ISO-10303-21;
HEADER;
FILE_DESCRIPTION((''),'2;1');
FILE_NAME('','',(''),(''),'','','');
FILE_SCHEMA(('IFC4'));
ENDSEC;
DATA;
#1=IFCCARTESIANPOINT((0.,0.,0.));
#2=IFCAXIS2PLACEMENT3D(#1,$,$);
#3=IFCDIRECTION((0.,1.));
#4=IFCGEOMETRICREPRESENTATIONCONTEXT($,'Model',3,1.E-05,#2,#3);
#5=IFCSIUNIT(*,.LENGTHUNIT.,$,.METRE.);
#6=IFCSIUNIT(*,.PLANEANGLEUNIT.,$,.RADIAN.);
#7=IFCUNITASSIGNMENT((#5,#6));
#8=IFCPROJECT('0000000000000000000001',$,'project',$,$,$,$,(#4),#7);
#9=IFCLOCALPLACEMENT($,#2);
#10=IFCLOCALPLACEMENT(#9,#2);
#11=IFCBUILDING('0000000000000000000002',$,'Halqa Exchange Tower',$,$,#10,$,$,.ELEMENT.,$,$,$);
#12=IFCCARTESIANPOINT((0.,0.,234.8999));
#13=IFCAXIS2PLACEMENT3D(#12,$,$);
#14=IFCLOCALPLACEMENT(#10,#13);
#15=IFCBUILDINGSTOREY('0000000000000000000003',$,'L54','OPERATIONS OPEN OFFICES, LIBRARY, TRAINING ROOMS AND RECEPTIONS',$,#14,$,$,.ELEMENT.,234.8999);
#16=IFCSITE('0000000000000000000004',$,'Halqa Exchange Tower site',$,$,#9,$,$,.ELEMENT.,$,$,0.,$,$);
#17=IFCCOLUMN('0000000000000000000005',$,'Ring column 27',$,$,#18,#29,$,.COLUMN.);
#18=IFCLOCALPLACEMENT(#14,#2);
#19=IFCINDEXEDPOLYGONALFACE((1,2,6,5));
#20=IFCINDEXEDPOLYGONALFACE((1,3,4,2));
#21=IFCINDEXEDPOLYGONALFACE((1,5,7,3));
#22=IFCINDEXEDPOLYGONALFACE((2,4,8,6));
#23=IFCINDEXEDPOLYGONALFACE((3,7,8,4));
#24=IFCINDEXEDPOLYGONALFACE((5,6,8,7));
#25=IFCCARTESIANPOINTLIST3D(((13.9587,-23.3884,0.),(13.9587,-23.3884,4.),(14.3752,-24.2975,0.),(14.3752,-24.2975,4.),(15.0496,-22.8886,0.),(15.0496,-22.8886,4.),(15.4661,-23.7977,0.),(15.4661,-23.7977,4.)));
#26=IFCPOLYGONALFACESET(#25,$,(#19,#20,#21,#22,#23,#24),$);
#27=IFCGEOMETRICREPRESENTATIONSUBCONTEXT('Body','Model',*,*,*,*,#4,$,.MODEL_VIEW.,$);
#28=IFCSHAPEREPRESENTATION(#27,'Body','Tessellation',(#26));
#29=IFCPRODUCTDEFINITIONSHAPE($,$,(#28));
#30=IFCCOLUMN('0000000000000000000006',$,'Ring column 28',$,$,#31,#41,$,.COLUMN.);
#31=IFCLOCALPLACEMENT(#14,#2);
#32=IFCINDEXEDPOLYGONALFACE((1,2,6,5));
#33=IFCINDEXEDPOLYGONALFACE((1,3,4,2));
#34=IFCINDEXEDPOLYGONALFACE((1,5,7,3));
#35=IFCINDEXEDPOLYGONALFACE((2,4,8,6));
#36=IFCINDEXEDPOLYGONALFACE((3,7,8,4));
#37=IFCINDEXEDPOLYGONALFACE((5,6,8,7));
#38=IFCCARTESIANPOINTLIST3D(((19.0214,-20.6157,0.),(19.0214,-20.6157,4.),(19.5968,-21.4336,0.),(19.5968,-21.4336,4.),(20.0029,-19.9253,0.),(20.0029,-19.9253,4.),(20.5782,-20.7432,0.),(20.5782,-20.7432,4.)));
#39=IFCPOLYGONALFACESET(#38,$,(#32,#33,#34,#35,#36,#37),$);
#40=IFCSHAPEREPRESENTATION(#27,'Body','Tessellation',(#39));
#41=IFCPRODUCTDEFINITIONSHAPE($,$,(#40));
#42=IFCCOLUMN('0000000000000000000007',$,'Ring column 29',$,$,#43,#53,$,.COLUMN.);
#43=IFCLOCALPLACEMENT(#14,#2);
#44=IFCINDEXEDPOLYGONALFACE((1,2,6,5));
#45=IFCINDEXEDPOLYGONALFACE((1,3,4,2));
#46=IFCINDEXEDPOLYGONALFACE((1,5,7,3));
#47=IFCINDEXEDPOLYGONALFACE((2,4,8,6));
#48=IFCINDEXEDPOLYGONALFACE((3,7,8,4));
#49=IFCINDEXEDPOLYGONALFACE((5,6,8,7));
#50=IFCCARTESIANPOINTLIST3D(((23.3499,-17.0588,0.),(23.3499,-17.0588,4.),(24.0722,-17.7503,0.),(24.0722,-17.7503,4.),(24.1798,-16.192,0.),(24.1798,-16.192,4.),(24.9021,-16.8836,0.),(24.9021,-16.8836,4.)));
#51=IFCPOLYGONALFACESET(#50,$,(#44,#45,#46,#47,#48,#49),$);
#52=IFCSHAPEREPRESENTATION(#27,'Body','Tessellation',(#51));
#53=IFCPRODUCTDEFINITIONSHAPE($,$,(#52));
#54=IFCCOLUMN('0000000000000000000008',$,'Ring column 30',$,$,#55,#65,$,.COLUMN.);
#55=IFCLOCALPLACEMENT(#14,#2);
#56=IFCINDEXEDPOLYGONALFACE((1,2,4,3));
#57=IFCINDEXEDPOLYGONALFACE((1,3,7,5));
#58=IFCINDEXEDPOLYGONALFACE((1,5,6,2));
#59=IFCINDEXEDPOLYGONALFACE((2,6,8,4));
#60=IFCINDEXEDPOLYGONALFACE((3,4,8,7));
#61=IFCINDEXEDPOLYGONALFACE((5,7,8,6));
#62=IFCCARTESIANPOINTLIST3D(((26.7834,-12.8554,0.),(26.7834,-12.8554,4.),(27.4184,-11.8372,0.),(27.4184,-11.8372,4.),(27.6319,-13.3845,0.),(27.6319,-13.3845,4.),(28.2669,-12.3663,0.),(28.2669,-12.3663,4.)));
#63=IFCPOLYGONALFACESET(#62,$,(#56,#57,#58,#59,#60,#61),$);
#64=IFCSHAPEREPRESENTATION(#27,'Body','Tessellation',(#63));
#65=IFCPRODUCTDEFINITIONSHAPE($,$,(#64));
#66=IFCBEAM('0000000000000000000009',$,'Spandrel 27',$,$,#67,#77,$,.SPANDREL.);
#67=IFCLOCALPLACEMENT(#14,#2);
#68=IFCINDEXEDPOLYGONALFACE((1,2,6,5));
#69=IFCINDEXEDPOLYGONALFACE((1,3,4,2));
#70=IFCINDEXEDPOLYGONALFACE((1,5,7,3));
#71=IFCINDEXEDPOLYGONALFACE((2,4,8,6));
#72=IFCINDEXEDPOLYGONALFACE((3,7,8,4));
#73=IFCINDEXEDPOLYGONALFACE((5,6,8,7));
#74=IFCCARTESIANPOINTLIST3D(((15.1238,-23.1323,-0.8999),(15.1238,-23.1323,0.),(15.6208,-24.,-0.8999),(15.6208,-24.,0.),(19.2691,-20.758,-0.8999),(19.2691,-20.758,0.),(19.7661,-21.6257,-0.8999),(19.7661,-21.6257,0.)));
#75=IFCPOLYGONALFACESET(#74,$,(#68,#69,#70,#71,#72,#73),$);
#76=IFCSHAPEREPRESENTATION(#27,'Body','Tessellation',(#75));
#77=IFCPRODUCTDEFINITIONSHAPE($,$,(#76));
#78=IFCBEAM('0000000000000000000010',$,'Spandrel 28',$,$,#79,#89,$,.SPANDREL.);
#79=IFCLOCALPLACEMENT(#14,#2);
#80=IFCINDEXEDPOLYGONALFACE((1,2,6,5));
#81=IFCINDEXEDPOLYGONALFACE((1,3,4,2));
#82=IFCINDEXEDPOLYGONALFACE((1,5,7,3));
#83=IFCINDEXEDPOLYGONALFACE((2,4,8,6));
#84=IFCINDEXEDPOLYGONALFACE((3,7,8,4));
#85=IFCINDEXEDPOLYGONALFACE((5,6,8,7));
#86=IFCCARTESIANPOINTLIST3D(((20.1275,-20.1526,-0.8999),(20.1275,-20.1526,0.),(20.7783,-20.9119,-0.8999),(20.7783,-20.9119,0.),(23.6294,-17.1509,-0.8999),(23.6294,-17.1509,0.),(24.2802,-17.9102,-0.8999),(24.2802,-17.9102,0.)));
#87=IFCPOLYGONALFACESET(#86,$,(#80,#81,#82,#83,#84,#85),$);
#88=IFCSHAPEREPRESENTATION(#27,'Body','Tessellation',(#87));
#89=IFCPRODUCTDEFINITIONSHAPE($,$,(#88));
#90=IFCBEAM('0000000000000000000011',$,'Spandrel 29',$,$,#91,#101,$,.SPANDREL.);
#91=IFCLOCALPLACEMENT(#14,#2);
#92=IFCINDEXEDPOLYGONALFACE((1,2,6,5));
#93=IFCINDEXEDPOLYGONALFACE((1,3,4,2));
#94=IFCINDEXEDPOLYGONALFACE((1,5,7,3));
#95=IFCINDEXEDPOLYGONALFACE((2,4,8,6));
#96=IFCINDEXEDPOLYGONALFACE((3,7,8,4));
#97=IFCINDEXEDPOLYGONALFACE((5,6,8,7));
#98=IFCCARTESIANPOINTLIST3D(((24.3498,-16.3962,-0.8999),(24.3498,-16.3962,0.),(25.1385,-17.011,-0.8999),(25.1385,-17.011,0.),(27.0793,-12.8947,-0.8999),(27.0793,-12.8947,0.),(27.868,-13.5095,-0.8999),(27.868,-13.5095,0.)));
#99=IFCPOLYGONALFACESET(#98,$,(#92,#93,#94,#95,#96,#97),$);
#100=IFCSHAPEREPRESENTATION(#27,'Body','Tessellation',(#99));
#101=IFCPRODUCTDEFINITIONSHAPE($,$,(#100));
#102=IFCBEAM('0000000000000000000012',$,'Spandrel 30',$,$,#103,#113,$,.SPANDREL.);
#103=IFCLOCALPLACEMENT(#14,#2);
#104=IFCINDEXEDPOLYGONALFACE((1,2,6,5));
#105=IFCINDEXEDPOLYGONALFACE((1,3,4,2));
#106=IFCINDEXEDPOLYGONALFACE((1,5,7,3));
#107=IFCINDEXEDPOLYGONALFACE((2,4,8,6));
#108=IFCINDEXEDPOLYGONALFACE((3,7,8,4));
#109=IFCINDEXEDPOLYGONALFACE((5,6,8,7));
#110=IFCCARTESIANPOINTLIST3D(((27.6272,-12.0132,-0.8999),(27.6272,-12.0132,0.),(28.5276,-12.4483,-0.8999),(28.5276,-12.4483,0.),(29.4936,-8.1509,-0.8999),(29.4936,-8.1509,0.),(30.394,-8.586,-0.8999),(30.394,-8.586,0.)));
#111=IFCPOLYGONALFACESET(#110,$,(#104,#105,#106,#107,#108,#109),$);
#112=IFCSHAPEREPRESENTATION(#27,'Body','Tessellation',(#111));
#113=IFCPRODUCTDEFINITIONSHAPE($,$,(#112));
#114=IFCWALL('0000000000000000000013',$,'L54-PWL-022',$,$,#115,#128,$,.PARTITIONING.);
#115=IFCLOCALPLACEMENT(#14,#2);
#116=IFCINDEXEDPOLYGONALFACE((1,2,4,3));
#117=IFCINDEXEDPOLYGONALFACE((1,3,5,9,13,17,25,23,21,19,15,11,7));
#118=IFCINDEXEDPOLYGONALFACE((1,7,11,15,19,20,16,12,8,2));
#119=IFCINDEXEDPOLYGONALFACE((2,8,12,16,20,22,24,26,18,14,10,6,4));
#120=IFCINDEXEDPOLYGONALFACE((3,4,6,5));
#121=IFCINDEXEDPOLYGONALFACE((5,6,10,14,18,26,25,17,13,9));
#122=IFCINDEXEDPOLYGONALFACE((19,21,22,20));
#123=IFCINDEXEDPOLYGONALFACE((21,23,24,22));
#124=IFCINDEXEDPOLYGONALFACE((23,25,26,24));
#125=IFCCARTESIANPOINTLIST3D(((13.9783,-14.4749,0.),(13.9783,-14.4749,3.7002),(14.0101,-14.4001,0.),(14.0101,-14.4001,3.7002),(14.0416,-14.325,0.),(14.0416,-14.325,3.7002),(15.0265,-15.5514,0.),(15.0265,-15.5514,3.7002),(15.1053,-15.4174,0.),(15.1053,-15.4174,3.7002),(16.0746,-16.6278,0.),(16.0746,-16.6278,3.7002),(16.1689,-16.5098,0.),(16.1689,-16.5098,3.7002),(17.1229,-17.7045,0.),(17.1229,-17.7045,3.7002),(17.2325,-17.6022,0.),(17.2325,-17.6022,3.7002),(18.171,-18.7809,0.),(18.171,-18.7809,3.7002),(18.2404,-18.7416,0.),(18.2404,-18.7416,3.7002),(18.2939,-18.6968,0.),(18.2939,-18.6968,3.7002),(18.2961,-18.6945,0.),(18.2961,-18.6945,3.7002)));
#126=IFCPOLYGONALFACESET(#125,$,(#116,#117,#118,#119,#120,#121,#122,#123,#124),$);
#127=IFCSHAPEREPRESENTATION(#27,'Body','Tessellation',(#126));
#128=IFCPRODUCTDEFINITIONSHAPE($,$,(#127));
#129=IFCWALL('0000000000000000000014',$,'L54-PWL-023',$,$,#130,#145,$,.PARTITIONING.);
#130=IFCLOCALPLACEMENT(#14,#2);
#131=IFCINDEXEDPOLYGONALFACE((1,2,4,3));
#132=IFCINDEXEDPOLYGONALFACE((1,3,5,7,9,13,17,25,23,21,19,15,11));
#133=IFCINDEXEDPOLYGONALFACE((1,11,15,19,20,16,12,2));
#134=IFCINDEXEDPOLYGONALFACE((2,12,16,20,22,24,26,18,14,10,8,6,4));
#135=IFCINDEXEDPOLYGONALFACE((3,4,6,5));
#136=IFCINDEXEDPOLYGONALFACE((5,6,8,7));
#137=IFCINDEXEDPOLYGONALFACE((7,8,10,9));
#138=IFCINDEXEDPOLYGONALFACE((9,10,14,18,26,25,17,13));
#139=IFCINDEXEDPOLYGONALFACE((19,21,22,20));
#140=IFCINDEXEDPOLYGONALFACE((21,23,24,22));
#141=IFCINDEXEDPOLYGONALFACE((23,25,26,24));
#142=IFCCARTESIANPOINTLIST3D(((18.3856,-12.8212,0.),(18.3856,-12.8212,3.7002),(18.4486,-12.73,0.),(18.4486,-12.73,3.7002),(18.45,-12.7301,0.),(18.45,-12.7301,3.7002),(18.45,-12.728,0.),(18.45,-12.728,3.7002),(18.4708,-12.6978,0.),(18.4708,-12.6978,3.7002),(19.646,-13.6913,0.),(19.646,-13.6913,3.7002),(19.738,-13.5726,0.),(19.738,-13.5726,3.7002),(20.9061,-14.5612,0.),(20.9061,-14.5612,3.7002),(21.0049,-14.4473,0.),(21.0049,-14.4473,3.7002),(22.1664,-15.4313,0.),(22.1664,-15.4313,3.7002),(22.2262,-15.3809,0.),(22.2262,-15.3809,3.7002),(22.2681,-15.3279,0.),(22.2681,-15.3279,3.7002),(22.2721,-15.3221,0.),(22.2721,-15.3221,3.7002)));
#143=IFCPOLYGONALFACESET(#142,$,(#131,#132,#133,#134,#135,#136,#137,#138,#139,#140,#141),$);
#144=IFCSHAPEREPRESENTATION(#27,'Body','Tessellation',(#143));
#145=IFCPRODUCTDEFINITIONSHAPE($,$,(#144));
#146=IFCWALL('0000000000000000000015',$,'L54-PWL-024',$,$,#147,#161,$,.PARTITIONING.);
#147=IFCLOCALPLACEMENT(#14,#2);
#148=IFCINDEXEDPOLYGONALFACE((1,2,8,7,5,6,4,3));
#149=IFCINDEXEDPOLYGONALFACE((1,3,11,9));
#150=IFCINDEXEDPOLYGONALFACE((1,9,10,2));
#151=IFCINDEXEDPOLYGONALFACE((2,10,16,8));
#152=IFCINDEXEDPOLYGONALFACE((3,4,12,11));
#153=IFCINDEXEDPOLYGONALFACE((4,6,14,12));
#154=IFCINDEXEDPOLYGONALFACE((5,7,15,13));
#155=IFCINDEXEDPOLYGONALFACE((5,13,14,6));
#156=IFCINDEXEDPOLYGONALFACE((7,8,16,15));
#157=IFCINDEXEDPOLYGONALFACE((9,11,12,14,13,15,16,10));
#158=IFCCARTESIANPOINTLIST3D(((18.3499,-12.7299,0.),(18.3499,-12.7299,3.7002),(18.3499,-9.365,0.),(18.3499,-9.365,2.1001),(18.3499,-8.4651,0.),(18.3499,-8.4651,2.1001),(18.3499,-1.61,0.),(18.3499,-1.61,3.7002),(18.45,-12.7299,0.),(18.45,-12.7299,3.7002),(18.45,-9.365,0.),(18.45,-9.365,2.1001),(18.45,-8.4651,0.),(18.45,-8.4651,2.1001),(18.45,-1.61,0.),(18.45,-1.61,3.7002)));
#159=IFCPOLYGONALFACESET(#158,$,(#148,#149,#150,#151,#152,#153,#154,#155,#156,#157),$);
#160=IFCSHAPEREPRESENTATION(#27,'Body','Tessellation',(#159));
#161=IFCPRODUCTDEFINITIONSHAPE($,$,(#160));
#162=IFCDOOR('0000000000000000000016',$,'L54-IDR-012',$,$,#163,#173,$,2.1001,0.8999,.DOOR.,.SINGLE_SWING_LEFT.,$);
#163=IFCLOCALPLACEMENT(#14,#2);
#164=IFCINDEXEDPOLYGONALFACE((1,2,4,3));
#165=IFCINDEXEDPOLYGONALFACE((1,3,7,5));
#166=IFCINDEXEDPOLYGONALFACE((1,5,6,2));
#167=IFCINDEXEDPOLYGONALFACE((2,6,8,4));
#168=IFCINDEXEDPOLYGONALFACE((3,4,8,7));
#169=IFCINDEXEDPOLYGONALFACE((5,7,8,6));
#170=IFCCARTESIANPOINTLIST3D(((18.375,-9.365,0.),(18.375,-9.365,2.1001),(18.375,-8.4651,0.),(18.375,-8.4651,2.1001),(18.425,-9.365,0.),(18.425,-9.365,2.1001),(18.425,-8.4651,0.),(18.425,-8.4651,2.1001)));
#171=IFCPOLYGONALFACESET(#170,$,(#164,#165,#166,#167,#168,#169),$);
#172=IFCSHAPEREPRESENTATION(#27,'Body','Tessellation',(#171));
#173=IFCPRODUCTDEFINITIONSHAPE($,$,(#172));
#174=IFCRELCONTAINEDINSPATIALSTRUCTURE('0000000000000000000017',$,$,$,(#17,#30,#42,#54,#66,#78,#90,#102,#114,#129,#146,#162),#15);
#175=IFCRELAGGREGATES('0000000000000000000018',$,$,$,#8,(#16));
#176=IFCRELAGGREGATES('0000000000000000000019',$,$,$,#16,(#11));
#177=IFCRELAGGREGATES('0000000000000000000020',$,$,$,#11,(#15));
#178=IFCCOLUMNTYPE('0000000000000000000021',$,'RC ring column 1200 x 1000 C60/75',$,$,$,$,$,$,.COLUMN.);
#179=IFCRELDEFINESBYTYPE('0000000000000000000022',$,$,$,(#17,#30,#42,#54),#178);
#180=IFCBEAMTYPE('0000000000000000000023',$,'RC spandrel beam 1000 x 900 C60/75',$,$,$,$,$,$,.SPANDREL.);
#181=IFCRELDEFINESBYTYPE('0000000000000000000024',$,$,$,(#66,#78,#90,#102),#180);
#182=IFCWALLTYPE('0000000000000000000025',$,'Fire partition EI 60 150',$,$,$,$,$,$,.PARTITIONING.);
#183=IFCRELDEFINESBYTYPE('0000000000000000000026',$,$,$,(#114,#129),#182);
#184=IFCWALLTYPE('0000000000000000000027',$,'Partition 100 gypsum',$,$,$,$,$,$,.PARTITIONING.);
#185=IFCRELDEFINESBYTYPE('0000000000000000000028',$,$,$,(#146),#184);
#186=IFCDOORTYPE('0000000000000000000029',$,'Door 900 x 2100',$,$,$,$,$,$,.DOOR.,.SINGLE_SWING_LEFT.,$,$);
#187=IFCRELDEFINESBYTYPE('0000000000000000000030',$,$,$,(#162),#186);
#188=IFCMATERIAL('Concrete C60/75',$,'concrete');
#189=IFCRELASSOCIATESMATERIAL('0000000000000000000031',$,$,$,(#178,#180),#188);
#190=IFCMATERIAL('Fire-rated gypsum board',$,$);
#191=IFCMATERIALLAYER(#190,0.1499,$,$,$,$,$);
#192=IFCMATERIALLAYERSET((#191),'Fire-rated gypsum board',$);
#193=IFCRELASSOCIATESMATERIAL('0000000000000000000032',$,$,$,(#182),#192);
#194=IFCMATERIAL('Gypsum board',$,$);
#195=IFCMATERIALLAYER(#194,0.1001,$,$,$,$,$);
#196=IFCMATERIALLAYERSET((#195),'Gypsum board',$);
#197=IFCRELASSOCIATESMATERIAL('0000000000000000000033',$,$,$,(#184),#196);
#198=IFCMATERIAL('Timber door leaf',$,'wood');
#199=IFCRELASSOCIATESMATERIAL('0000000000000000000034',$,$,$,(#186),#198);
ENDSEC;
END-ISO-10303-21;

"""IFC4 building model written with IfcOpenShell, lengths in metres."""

from ifc_helpers import new_model, si_unit, direction, frame, frame_2d, origin, origin_2d, place, context, subcontext, project, spatial, polyline, rectangle, outline, extrude, material, layer, layer_set, material_profile, profile_set, type_object, element, fill, save


model = new_model("IFC4")

# Units and contexts
model_context = context("Model", 3, precision=1e-05, world=origin(), true_north=direction((0.0, 1.0)))
body_context = subcontext(model_context, "Body", "Model", "MODEL_VIEW")
ifc_project = project(units=[si_unit("LENGTHUNIT", "METRE"), si_unit("PLANEANGLEUNIT", "RADIAN")], contexts=[model_context])

# Site, building, storey
site_placement = place(None, origin())
site = spatial("IfcSite", under=ifc_project, at=site_placement, Name="Halqa Exchange Tower site", CompositionType="ELEMENT", RefElevation=0.0)
building_placement = place(site_placement, origin())
building = spatial("IfcBuilding", under=site, at=building_placement, Name="Halqa Exchange Tower", CompositionType="ELEMENT")
storey_placement = place(building_placement, frame((0.0, 0.0, 234.8999)))
storey = spatial("IfcBuildingStorey", under=building, at=storey_placement, Name="L54", Description="OPERATIONS OPEN OFFICES, LIBRARY, TRAINING ROOMS AND RECEPTIONS", CompositionType="ELEMENT", Elevation=234.8999)

# Columns
ifc_material_1 = material(Name="Concrete C60/75", Category="concrete")
ifc_material_profile_1 = material_profile(ifc_material_1, rectangle(XDim=1.2, YDim=1.0, at=origin_2d()), Name="1200 x 1000")
ifc_profile_set_1 = profile_set([ifc_material_profile_1], Name="Concrete C60/75")
column_type = type_object("IfcColumnType", Name="RC ring column 1200 x 1000 C60/75", PredefinedType="COLUMN", material=ifc_profile_set_1)
for number, where, z_axis, x_axis, name in (
    (1, (14.7124, -23.593, 0.0), (0.0, 0.0, 1.0), (0.909126, 0.416522, 0.0), "Ring column 27"),
    (2, (19.7998, -20.6794, 0.0), (0.0, 0.0, 1.0), (0.817905, 0.575354, 0.0), "Ring column 28"),
    (3, (24.126, -16.9712, 0.0), (0.0, 0.0, 1.0), (0.691579, 0.722301, 0.0), "Ring column 29"),
    (4, (27.5251, -12.6108, 0.0), (0.0, 0.0, 1.0), (0.529148, 0.84853, 0.0), "Ring column 30"),
):
    element("IfcColumn", number, at=place(storey_placement, frame(where, z_axis=z_axis, x_axis=x_axis)), inside=storey, type_object=column_type, Name=name, PredefinedType="COLUMN", context=body_context, shape_type="SweptSolid", body=[
        extrude(rectangle(XDim=1.2, YDim=1.0, at=origin_2d()), origin(), (0.0, 0.0, 1.0), 4.0),
    ])

# Beams
ifc_material_profile_2 = material_profile(ifc_material_1, rectangle(XDim=1.0, YDim=0.8999, at=origin_2d()), Name="1000 x 900")
ifc_profile_set_2 = profile_set([ifc_material_profile_2], Name="Concrete C60/75")
beam_type = type_object("IfcBeamType", Name="RC spandrel beam 1000 x 900 C60/75", PredefinedType="SPANDREL", material=ifc_profile_set_2)
beam_1_placement = place(storey_placement, frame((15.3723, -23.5662, -0.45), z_axis=(0.867743, 0.497014, 0.0), x_axis=(-0.497014, 0.867743, 0.0)))
element("IfcBeam", 5, at=beam_1_placement, inside=storey, type_object=beam_type, Name="Spandrel 27", PredefinedType="SPANDREL", context=body_context, shape_type="SweptSolid", body=[
    extrude(rectangle(XDim=1.0, YDim=0.8999, at=origin_2d()), origin(), (0.0, 0.0, 1.0), 4.7771),
])
beam_2_placement = place(storey_placement, frame((20.4529, -20.5322, -0.45), z_axis=(0.759253, 0.650796, 0.0), x_axis=(-0.650796, 0.759253, 0.0)))
element("IfcBeam", 6, at=beam_2_placement, inside=storey, type_object=beam_type, Name="Spandrel 28", PredefinedType="SPANDREL", context=body_context, shape_type="SweptSolid", body=[
    extrude(rectangle(XDim=1.0, YDim=0.8999, at=origin_2d()), origin(), (0.0, 0.0, 1.0), 4.6123),
])
beam_3_placement = place(storey_placement, frame((24.7441, -16.7036, -0.45), z_axis=(0.614801, 0.788683, 0.0), x_axis=(-0.788683, 0.614801, 0.0)))
element("IfcBeam", 7, at=beam_3_placement, inside=storey, type_object=beam_type, Name="Spandrel 29", PredefinedType="SPANDREL", context=body_context, shape_type="SweptSolid", body=[
    extrude(rectangle(XDim=1.0, YDim=0.8999, at=origin_2d()), origin(), (0.0, 0.0, 1.0), 4.4397),
])
beam_4_placement = place(storey_placement, frame((28.0774, -12.2307, -0.45), z_axis=(0.435107, 0.900379, 0.0), x_axis=(-0.900379, 0.435107, 0.0)))
element("IfcBeam", 8, at=beam_4_placement, inside=storey, type_object=beam_type, Name="Spandrel 30", PredefinedType="SPANDREL", context=body_context, shape_type="SweptSolid", body=[
    extrude(rectangle(XDim=1.0, YDim=0.8999, at=origin_2d()), origin(), (0.0, 0.0, 1.0), 4.2896),
])

# Walls
ifc_material_2 = material(Name="Fire-rated gypsum board")
ifc_layer_1 = layer(ifc_material_2, 0.1499)
ifc_layer_set_1 = layer_set([ifc_layer_1], Name="Fire-rated gypsum board")
wall_type_1 = type_object("IfcWallType", Name="Fire partition EI 60 150", PredefinedType="PARTITIONING", material=ifc_layer_set_1)
wall_1_placement = place(storey_placement, frame((18.2424, -18.7468, 0.0), z_axis=(0.0, 0.0, 1.0), x_axis=(-0.697617, 0.716471, 0.0)))
element("IfcWall", 9, at=wall_1_placement, inside=storey, type_object=wall_type_1, Name="L54-PWL-022", PredefinedType="PARTITIONING", context=body_context, shape_type="SweptSolid", body=[
    extrude(outline(polyline([(0.0, -0.075), (1.5247, -0.075), (3.0493, -0.075), (4.574, -0.075), (6.0986, -0.075), (6.0669, 0.0), (6.0354, 0.075), (4.533, 0.075), (3.0305, 0.075), (1.5278, 0.075), (0.0254, 0.075), (0.0051, -0.0022), (0.0, -0.0718), (0.0, -0.075)])), origin(), (0.0, 0.0, 1.0), 3.7002),
])
wall_2_placement = place(storey_placement, frame((18.4282, -12.7595, 0.0), z_axis=(0.0, 0.0, 1.0), x_axis=(0.822939, -0.568129, 0.0)))
element("IfcWall", 10, at=wall_2_placement, inside=storey, type_object=wall_type_1, Name="L54-PWL-023", PredefinedType="PARTITIONING", context=body_context, shape_type="SweptSolid", body=[
    extrude(outline(polyline([(0.0, -0.075), (1.5315, -0.075), (3.0627, -0.075), (4.5942, -0.075), (4.6147, 0.0005), (4.6191, 0.0679), (4.6191, 0.075), (3.0793, 0.075), (1.5398, 0.075), (0.0, 0.075), (0.0, 0.0383), (0.0012, 0.0366), (0.0, 0.0359), (0.0, -0.075)])), origin(), (0.0, 0.0, 1.0), 3.7002),
])

# Wall, opening, door
ifc_material_3 = material(Name="Gypsum board")
ifc_layer_2 = layer(ifc_material_3, 0.1001)
ifc_layer_set_2 = layer_set([ifc_layer_2], Name="Gypsum board")
wall_type_2 = type_object("IfcWallType", Name="Partition 100 gypsum", PredefinedType="PARTITIONING", material=ifc_layer_set_2)
wall_3_placement = place(storey_placement, frame((18.3999, -12.73, 0.0), z_axis=(0.0, 0.0, 1.0), x_axis=(0.0, 1.0, 0.0)))
wall_3 = element("IfcWall", 11, at=wall_3_placement, inside=storey, type_object=wall_type_2, Name="L54-PWL-024", PredefinedType="PARTITIONING", context=body_context, shape_type="SweptSolid", body=[
    extrude(rectangle(XDim=11.1199, YDim=0.1001, at=frame_2d((5.5601, 0.0))), origin(), (0.0, 0.0, 1.0), 3.7002),
])
opening_1_placement = place(wall_3_placement, frame((3.365, 0.0, 0.0)))
opening_1 = element("IfcOpeningElement", 12, at=opening_1_placement, cuts=wall_3, PredefinedType="OPENING", context=body_context, shape_type="SweptSolid", body=[
    extrude(rectangle(XDim=0.8999, YDim=2.1001, at=frame_2d((0.45, 1.05))), frame((0.0, 0.062, 0.0), z_axis=(0.0, -1.0, 0.0), x_axis=(1.0, 0.0, 0.0)), (0.0, 0.0, 1.0), 0.124),
])
ifc_material_4 = material(Name="Timber door leaf", Category="wood")
door_type_1 = type_object("IfcDoorType", Name="Door 900 x 2100", OperationType="SINGLE_SWING_LEFT", PredefinedType="DOOR", material=ifc_material_4)
door_1_placement = place(opening_1_placement, origin())
door_1 = element("IfcDoor", 13, at=door_1_placement, inside=storey, type_object=door_type_1, Name="L54-IDR-012", OperationType="SINGLE_SWING_LEFT", OverallHeight=2.1001, OverallWidth=0.8999, PredefinedType="DOOR", context=body_context, shape_type="SweptSolid", body=[
    extrude(rectangle(XDim=0.8999, YDim=2.1001, at=frame_2d((0.45, 1.05))), frame((0.0, 0.0249, 0.0), z_axis=(0.0, -1.0, 0.0), x_axis=(1.0, 0.0, 0.0)), (0.0, 0.0, 1.0), 0.05),
])
fill(opening_1, door_1)

save(model, "model.ifc")
